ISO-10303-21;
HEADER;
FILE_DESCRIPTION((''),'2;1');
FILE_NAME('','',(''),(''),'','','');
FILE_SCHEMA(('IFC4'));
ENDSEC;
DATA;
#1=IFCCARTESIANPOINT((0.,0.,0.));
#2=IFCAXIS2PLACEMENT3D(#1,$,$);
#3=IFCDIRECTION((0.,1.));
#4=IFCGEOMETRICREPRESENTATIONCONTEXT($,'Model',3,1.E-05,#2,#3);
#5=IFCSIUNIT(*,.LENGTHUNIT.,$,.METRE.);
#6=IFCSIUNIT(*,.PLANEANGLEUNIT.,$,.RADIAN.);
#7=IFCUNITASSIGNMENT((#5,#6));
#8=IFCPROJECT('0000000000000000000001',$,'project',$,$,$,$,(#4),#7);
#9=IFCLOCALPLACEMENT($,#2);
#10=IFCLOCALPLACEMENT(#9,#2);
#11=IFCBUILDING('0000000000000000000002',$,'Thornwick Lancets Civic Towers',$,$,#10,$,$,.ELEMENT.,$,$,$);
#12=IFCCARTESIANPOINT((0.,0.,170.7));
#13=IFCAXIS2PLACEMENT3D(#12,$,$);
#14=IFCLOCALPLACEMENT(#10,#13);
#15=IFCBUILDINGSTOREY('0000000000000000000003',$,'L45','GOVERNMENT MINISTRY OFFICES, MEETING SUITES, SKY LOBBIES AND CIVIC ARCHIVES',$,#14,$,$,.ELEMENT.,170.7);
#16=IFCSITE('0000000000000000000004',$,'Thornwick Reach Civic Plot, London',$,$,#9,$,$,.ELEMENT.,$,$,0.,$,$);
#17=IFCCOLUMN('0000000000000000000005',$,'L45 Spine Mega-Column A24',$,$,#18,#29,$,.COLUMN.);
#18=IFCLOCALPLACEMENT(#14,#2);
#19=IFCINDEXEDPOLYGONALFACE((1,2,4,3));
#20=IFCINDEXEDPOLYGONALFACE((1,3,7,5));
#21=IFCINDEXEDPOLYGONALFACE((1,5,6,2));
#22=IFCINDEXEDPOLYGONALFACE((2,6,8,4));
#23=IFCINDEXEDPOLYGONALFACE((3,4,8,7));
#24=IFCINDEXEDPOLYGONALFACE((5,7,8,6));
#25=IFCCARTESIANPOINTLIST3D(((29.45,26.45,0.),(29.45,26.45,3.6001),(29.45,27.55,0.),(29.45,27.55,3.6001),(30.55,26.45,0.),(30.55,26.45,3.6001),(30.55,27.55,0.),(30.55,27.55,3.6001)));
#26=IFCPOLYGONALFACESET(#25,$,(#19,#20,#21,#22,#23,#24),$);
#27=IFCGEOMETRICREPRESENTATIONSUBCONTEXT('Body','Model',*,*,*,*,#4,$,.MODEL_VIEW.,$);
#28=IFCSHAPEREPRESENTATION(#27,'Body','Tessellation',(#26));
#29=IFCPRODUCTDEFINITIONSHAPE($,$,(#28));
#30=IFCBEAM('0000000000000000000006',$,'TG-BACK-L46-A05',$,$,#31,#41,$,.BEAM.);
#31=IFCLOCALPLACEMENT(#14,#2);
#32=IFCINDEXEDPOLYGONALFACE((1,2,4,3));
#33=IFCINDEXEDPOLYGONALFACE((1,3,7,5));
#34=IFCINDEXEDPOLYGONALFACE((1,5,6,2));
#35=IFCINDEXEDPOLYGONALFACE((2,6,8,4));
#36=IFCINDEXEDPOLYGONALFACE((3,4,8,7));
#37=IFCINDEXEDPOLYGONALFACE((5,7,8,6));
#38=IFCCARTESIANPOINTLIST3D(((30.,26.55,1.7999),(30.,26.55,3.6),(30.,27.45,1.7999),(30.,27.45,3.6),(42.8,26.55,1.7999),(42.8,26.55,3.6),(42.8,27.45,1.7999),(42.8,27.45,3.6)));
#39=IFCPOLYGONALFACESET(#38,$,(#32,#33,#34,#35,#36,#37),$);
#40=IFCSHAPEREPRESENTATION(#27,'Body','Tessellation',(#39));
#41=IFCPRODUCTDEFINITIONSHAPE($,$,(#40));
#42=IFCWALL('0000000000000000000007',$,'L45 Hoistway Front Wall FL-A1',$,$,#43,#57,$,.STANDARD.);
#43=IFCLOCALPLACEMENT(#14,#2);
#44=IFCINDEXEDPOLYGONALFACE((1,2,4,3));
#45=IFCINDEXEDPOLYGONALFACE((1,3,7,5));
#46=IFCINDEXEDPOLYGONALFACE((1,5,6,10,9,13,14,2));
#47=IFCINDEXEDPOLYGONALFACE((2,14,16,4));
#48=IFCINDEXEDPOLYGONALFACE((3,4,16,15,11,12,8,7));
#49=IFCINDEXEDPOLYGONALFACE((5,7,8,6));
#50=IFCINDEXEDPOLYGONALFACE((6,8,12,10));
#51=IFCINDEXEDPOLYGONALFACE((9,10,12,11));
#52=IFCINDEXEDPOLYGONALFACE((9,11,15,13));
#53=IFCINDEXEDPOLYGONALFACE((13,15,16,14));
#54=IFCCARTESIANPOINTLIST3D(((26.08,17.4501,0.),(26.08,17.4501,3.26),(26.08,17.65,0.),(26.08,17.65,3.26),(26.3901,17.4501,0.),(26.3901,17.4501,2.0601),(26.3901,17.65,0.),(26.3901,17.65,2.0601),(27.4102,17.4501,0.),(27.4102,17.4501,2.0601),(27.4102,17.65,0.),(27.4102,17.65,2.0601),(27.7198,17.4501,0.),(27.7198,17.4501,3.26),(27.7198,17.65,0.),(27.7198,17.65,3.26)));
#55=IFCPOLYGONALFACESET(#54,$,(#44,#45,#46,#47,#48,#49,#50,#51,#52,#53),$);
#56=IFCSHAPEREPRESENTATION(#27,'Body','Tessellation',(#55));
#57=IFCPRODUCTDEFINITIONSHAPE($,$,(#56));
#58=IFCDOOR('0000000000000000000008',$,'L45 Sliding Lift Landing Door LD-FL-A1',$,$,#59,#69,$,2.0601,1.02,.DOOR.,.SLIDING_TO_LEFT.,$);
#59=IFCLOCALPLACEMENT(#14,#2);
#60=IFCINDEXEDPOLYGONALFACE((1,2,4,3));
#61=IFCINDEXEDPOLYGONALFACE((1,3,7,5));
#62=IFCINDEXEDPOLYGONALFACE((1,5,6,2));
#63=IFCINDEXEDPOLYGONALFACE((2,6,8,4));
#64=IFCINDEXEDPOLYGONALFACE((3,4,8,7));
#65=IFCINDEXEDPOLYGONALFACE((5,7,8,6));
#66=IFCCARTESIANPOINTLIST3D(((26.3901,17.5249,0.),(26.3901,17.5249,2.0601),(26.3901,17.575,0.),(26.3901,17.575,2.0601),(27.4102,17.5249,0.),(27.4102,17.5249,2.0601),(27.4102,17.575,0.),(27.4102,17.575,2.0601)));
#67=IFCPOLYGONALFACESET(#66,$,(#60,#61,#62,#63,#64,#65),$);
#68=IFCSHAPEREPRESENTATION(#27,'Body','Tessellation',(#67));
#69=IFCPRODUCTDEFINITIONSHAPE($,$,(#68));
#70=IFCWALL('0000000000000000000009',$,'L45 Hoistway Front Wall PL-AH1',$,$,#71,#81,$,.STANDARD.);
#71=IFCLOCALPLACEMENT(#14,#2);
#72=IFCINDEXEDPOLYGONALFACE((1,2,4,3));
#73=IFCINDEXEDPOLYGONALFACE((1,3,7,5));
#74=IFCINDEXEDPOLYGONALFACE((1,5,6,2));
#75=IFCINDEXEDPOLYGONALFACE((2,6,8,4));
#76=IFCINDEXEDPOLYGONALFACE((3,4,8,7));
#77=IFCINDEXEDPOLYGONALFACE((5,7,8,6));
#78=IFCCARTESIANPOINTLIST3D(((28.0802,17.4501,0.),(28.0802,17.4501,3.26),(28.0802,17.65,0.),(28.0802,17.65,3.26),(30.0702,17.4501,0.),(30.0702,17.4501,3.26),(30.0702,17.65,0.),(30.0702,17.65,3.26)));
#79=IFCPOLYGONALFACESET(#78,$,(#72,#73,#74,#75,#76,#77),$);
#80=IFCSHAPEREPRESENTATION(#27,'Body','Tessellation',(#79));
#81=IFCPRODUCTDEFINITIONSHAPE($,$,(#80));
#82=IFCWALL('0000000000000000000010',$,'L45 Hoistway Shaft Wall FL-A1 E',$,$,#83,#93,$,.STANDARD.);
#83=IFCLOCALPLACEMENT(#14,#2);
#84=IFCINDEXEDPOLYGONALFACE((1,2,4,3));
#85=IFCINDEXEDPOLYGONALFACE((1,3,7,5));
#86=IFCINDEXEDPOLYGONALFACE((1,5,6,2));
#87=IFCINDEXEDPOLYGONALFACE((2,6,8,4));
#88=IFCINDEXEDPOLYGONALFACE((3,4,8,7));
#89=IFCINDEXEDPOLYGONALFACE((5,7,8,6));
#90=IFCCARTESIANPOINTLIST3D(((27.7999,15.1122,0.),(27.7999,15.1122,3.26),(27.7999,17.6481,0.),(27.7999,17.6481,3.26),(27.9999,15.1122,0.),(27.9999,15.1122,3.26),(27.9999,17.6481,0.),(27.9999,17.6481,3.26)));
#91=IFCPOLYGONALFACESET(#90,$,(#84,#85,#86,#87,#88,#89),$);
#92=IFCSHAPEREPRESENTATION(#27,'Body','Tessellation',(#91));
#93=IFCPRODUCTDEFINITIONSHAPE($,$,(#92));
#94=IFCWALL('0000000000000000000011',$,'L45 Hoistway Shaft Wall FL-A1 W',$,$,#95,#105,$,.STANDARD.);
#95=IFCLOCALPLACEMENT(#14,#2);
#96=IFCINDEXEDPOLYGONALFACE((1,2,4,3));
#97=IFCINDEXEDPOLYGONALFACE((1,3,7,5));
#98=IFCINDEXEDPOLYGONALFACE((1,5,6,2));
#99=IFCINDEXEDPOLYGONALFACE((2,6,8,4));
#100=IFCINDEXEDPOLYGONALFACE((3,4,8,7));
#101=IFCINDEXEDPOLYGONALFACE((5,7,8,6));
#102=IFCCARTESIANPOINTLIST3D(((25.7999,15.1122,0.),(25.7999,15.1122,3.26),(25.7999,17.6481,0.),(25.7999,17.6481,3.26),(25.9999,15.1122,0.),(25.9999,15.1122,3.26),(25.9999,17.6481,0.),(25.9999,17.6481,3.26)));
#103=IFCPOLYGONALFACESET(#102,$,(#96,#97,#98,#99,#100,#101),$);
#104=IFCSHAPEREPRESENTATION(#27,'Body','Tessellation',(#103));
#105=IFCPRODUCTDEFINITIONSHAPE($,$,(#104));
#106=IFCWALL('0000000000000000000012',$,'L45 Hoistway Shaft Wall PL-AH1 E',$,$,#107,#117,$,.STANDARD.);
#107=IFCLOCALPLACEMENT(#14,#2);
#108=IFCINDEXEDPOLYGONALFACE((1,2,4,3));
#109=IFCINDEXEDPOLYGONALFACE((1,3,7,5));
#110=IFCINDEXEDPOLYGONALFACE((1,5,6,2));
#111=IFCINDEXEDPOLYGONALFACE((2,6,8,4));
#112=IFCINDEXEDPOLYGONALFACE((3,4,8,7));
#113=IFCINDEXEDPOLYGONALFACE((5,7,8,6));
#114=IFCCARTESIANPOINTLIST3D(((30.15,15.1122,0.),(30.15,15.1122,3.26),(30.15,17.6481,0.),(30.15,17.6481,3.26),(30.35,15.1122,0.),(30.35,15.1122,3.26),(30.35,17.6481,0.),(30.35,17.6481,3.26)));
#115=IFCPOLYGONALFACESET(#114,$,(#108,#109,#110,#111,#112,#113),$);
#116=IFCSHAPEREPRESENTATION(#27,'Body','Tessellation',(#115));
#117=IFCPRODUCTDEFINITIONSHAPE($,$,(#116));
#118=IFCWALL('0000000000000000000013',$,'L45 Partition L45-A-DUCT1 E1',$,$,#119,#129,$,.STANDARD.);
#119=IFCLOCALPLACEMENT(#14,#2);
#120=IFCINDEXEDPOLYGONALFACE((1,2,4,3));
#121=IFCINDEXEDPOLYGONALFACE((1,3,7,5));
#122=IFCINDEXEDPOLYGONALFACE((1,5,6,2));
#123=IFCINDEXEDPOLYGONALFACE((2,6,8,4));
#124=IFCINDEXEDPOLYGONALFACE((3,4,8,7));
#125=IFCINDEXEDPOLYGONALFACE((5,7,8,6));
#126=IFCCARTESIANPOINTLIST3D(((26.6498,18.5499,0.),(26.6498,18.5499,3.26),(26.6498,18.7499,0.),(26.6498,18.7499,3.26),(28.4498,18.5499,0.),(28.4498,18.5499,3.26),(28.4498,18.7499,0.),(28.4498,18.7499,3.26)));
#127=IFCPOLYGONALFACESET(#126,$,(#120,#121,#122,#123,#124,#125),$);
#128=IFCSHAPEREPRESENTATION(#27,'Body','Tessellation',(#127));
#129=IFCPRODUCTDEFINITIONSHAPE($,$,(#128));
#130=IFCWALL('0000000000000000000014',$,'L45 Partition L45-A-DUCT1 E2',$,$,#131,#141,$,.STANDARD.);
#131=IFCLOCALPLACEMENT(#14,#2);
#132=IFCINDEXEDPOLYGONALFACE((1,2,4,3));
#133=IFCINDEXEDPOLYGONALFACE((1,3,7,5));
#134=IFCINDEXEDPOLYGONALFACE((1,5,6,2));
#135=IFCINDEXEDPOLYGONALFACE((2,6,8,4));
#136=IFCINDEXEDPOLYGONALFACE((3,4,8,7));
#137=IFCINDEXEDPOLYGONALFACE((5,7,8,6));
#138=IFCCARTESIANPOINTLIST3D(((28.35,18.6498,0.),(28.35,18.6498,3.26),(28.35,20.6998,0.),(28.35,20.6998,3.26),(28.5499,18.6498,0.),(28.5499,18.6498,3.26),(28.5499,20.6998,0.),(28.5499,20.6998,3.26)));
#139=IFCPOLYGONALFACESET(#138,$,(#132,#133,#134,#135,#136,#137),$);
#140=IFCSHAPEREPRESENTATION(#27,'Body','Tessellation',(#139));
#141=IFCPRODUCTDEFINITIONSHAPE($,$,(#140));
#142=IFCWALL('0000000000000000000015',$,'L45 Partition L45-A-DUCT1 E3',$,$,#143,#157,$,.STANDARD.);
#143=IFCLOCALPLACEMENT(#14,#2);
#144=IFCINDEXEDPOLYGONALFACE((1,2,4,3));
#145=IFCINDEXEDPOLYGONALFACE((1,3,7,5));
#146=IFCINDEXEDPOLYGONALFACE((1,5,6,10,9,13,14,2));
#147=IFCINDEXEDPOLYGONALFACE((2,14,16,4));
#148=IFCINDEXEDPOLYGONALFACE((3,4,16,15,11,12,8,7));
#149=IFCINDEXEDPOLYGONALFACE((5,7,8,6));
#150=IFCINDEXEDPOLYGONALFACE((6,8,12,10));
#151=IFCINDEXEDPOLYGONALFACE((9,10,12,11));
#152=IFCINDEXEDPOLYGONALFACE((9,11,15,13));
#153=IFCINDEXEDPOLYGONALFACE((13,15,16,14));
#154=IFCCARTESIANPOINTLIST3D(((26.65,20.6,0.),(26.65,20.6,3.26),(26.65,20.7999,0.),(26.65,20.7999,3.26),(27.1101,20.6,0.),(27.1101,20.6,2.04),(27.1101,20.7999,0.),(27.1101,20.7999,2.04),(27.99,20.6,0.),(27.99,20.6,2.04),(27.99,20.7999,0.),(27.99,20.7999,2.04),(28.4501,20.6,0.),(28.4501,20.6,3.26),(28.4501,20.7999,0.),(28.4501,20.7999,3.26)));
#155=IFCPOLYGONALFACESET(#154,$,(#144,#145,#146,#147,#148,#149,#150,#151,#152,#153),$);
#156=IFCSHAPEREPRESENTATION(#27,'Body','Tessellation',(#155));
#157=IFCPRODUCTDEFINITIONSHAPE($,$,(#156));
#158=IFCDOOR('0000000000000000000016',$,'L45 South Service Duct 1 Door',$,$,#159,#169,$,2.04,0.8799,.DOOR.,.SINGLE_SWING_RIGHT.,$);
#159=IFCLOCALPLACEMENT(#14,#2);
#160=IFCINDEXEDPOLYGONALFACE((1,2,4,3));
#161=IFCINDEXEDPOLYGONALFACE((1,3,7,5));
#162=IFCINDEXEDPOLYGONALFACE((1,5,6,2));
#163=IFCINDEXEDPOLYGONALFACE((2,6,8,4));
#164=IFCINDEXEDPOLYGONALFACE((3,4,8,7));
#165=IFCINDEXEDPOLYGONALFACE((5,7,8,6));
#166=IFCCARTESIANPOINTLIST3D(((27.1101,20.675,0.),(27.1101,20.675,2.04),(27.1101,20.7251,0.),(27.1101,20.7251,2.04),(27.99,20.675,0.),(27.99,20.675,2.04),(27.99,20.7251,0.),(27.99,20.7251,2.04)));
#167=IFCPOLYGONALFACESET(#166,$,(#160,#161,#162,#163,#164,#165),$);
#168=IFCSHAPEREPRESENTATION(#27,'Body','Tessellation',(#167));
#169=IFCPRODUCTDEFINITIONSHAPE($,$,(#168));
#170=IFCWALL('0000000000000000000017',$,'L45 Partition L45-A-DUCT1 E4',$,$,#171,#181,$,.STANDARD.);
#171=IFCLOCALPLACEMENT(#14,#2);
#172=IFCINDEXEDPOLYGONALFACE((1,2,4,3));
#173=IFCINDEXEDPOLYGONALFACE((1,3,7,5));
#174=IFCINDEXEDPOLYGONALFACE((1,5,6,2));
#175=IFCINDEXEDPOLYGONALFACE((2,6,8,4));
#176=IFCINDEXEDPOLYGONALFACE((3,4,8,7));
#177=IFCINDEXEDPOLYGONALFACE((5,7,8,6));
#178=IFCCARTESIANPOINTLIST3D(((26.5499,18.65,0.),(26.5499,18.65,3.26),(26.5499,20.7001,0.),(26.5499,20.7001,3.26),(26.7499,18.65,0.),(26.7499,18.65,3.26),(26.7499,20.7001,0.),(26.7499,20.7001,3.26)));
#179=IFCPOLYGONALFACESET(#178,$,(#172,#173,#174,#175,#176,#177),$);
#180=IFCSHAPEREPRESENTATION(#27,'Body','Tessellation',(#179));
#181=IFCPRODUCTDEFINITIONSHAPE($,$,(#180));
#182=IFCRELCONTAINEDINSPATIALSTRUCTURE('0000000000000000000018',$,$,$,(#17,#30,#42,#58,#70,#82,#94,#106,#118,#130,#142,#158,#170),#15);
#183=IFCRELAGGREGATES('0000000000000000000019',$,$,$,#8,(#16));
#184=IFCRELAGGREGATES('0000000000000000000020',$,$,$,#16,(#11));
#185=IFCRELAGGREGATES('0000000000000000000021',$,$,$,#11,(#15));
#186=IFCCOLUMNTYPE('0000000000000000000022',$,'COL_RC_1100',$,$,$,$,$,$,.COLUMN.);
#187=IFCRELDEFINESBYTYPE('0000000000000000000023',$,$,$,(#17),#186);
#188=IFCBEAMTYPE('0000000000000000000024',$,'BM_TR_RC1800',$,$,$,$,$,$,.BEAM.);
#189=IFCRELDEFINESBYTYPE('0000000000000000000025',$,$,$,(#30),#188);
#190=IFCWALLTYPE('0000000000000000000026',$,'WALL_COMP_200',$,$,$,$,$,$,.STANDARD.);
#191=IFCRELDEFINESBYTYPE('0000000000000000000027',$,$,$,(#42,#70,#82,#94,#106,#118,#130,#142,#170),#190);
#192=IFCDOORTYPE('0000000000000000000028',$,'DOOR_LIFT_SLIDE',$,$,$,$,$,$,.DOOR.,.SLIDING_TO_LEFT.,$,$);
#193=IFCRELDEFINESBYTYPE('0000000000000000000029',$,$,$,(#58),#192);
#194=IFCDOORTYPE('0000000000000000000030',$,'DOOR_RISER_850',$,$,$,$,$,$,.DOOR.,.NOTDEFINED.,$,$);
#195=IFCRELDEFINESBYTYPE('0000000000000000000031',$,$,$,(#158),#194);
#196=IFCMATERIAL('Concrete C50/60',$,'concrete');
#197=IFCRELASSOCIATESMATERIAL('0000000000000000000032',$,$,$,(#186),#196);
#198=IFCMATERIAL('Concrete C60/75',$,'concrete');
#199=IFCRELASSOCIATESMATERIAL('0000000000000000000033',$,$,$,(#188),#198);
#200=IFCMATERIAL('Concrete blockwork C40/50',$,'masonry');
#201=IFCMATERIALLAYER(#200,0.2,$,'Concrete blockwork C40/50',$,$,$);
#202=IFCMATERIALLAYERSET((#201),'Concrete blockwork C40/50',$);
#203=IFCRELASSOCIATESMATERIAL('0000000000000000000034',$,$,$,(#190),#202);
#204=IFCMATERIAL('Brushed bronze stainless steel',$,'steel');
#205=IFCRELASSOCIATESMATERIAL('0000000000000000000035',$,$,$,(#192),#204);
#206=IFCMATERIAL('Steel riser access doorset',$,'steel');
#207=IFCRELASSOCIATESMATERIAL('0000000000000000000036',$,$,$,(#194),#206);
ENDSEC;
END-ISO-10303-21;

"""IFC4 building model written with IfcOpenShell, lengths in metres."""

from ifc_helpers import new_model, si_unit, direction, frame, frame_2d, origin, origin_2d, place, context, subcontext, project, spatial, rectangle, extrude, material, layer, layer_set, material_profile, profile_set, type_object, element, fill, save


model = new_model("IFC4")

# Units and contexts
model_context = context("Model", 3, precision=1e-05, world=origin(), true_north=direction((0.0, 1.0)))
body_context = subcontext(model_context, "Body", "Model", "MODEL_VIEW")
ifc_project = project(units=[si_unit("LENGTHUNIT", "METRE"), si_unit("PLANEANGLEUNIT", "RADIAN")], contexts=[model_context])

# Site, building, storey
site_placement = place(None, origin())
site = spatial("IfcSite", under=ifc_project, at=site_placement, Name="Thornwick Reach Civic Plot, London", CompositionType="ELEMENT", RefElevation=0.0)
building_placement = place(site_placement, origin())
building = spatial("IfcBuilding", under=site, at=building_placement, Name="Thornwick Lancets Civic Towers", CompositionType="ELEMENT")
storey_placement = place(building_placement, frame((0.0, 0.0, 170.7)))
storey = spatial("IfcBuildingStorey", under=building, at=storey_placement, Name="L45", Description="GOVERNMENT MINISTRY OFFICES, MEETING SUITES, SKY LOBBIES AND CIVIC ARCHIVES", CompositionType="ELEMENT", Elevation=170.7)

# Column
ifc_material_1 = material(Name="Concrete C50/60", Category="concrete")
ifc_material_profile_1 = material_profile(ifc_material_1, rectangle(XDim=1.1001, YDim=1.1001, at=origin_2d()), Name="RC 1100x1100")
ifc_profile_set_1 = profile_set([ifc_material_profile_1], Name="Concrete C50/60")
column_type = type_object("IfcColumnType", Name="COL_RC_1100", PredefinedType="COLUMN", material=ifc_profile_set_1)
column_placement = place(storey_placement, frame((30.0, 27.0, 0.0), z_axis=(0.0, 0.0, 1.0), x_axis=(1.0, 0.0, 0.0)))
element("IfcColumn", 1, at=column_placement, inside=storey, type_object=column_type, Name="L45 Spine Mega-Column A24", PredefinedType="COLUMN", context=body_context, shape_type="SweptSolid", body=[
    extrude(rectangle(XDim=1.1001, YDim=1.1001, at=origin_2d()), origin(), (0.0, 0.0, 1.0), 3.6001),
])

# Beam
ifc_material_2 = material(Name="Concrete C60/75", Category="concrete")
ifc_material_profile_2 = material_profile(ifc_material_2, rectangle(XDim=0.8999, YDim=1.8, at=origin_2d()), Name="RC 900x1800")
ifc_profile_set_2 = profile_set([ifc_material_profile_2], Name="Concrete C60/75")
beam_type = type_object("IfcBeamType", Name="BM_TR_RC1800", PredefinedType="BEAM", material=ifc_profile_set_2)
beam_placement = place(storey_placement, frame((30.0, 27.0, 2.7), z_axis=(1.0, 0.0, 0.0), x_axis=(0.0, 1.0, 0.0)))
element("IfcBeam", 2, at=beam_placement, inside=storey, type_object=beam_type, Name="TG-BACK-L46-A05", PredefinedType="BEAM", context=body_context, shape_type="SweptSolid", body=[
    extrude(rectangle(XDim=0.8999, YDim=1.8, at=origin_2d()), origin(), (0.0, 0.0, 1.0), 12.8),
])

# Wall, opening, door
ifc_material_3 = material(Name="Concrete blockwork C40/50", Category="masonry")
ifc_layer_1 = layer(ifc_material_3, 0.2, Name="Concrete blockwork C40/50")
ifc_layer_set_1 = layer_set([ifc_layer_1], Name="Concrete blockwork C40/50")
wall_type_1 = type_object("IfcWallType", Name="WALL_COMP_200", PredefinedType="STANDARD", material=ifc_layer_set_1)
wall_1_placement = place(storey_placement, frame((26.0801, 17.55, 0.0), z_axis=(0.0, 0.0, 1.0), x_axis=(1.0, 0.0, 0.0)))
wall_1 = element("IfcWall", 3, at=wall_1_placement, inside=storey, type_object=wall_type_1, Name="L45 Hoistway Front Wall FL-A1", PredefinedType="STANDARD", context=body_context, shape_type="SweptSolid", body=[
    extrude(rectangle(XDim=1.6399, YDim=0.2, at=frame_2d((0.8198, 0.0))), origin(), (0.0, 0.0, 1.0), 3.26),
])
opening_1_placement = place(wall_1_placement, frame((0.3101, 0.0, 0.0)))
opening_1 = element("IfcOpeningElement", 4, at=opening_1_placement, cuts=wall_1, PredefinedType="OPENING", context=body_context, shape_type="SweptSolid", body=[
    extrude(rectangle(XDim=1.02, YDim=2.0601, at=frame_2d((0.51, 1.03))), frame((0.0, 0.1099, 0.0), z_axis=(0.0, -1.0, 0.0), x_axis=(1.0, 0.0, 0.0)), (0.0, 0.0, 1.0), 0.22),
])
ifc_material_4 = material(Name="Brushed bronze stainless steel", Category="steel")
door_type_1 = type_object("IfcDoorType", Name="DOOR_LIFT_SLIDE", OperationType="SLIDING_TO_LEFT", PredefinedType="DOOR", material=ifc_material_4)
door_1_placement = place(opening_1_placement, origin())
door_1 = element("IfcDoor", 5, at=door_1_placement, inside=storey, type_object=door_type_1, Name="L45 Sliding Lift Landing Door LD-FL-A1", OperationType="SLIDING_TO_LEFT", OverallHeight=2.0601, OverallWidth=1.02, PredefinedType="DOOR", context=body_context, shape_type="SweptSolid", body=[
    extrude(rectangle(XDim=1.02, YDim=2.0601, at=frame_2d((0.51, 1.03))), frame((0.0, 0.0249, 0.0), z_axis=(0.0, -1.0, 0.0), x_axis=(1.0, 0.0, 0.0)), (0.0, 0.0, 1.0), 0.05),
])
fill(opening_1, door_1)

# Walls
wall_2_placement = place(storey_placement, frame((28.0801, 17.55, 0.0), z_axis=(0.0, 0.0, 1.0), x_axis=(1.0, 0.0, 0.0)))
element("IfcWall", 6, at=wall_2_placement, inside=storey, type_object=wall_type_1, Name="L45 Hoistway Front Wall PL-AH1", PredefinedType="STANDARD", context=body_context, shape_type="SweptSolid", body=[
    extrude(rectangle(XDim=1.99, YDim=0.2, at=frame_2d((0.9951, 0.0))), origin(), (0.0, 0.0, 1.0), 3.26),
])
for number, where, z_axis, x_axis, name in (
    (7, (27.8999, 15.1121, 0.0), (0.0, 0.0, 1.0), (0.0, 1.0, 0.0), "L45 Hoistway Shaft Wall FL-A1 E"),
    (8, (25.8999, 15.1121, 0.0), (0.0, 0.0, 1.0), (0.0, 1.0, 0.0), "L45 Hoistway Shaft Wall FL-A1 W"),
    (9, (30.25, 15.1121, 0.0), (0.0, 0.0, 1.0), (0.0, 1.0, 0.0), "L45 Hoistway Shaft Wall PL-AH1 E"),
):
    element("IfcWall", number, at=place(storey_placement, frame(where, z_axis=z_axis, x_axis=x_axis)), inside=storey, type_object=wall_type_1, Name=name, PredefinedType="STANDARD", context=body_context, shape_type="SweptSolid", body=[
        extrude(rectangle(XDim=2.5359, YDim=0.2, at=frame_2d((1.2681, 0.0))), origin(), (0.0, 0.0, 1.0), 3.26),
    ])
wall_3_placement = place(storey_placement, frame((26.6499, 18.6499, 0.0), z_axis=(0.0, 0.0, 1.0), x_axis=(1.0, 0.0, 0.0)))
element("IfcWall", 10, at=wall_3_placement, inside=storey, type_object=wall_type_1, Name="L45 Partition L45-A-DUCT1 E1", PredefinedType="STANDARD", context=body_context, shape_type="SweptSolid", body=[
    extrude(rectangle(XDim=1.8, YDim=0.2, at=frame_2d((0.8999, 0.0))), origin(), (0.0, 0.0, 1.0), 3.26),
])
wall_4_placement = place(storey_placement, frame((28.45, 18.6499, 0.0), z_axis=(0.0, 0.0, 1.0), x_axis=(0.0, 1.0, 0.0)))
element("IfcWall", 11, at=wall_4_placement, inside=storey, type_object=wall_type_1, Name="L45 Partition L45-A-DUCT1 E2", PredefinedType="STANDARD", context=body_context, shape_type="SweptSolid", body=[
    extrude(rectangle(XDim=2.05, YDim=0.2, at=frame_2d((1.0249, 0.0))), origin(), (0.0, 0.0, 1.0), 3.26),
])

# Wall, opening, door
wall_5_placement = place(storey_placement, frame((28.45, 20.7, 0.0), z_axis=(0.0, 0.0, 1.0), x_axis=(-1.0, 0.0, 0.0)))
wall_5 = element("IfcWall", 12, at=wall_5_placement, inside=storey, type_object=wall_type_1, Name="L45 Partition L45-A-DUCT1 E3", PredefinedType="STANDARD", context=body_context, shape_type="SweptSolid", body=[
    extrude(rectangle(XDim=1.8, YDim=0.2, at=frame_2d((0.8999, 0.0))), origin(), (0.0, 0.0, 1.0), 3.26),
])
opening_2_placement = place(wall_5_placement, frame((0.46, 0.0, 0.0)))
opening_2 = element("IfcOpeningElement", 13, at=opening_2_placement, cuts=wall_5, PredefinedType="OPENING", context=body_context, shape_type="SweptSolid", body=[
    extrude(rectangle(XDim=0.8799, YDim=2.04, at=frame_2d((0.4399, 1.02))), frame((0.0, 0.1099, 0.0), z_axis=(0.0, -1.0, 0.0), x_axis=(1.0, 0.0, 0.0)), (0.0, 0.0, 1.0), 0.22),
])
ifc_material_5 = material(Name="Steel riser access doorset", Category="steel")
door_type_2 = type_object("IfcDoorType", Name="DOOR_RISER_850", OperationType="NOTDEFINED", PredefinedType="DOOR", material=ifc_material_5)
door_2_placement = place(opening_2_placement, origin())
door_2 = element("IfcDoor", 14, at=door_2_placement, inside=storey, type_object=door_type_2, Name="L45 South Service Duct 1 Door", OperationType="SINGLE_SWING_RIGHT", OverallHeight=2.04, OverallWidth=0.8799, PredefinedType="DOOR", context=body_context, shape_type="SweptSolid", body=[
    extrude(rectangle(XDim=0.8799, YDim=2.04, at=frame_2d((0.4399, 1.02))), frame((0.0, 0.0249, 0.0), z_axis=(0.0, -1.0, 0.0), x_axis=(1.0, 0.0, 0.0)), (0.0, 0.0, 1.0), 0.05),
])
fill(opening_2, door_2)

# Wall
wall_6_placement = place(storey_placement, frame((26.6499, 20.7, 0.0), z_axis=(0.0, 0.0, 1.0), x_axis=(0.0, -1.0, 0.0)))
element("IfcWall", 15, at=wall_6_placement, inside=storey, type_object=wall_type_1, Name="L45 Partition L45-A-DUCT1 E4", PredefinedType="STANDARD", context=body_context, shape_type="SweptSolid", body=[
    extrude(rectangle(XDim=2.05, YDim=0.2, at=frame_2d((1.0249, 0.0))), origin(), (0.0, 0.0, 1.0), 3.26),
])

save(model, "model.ifc")
